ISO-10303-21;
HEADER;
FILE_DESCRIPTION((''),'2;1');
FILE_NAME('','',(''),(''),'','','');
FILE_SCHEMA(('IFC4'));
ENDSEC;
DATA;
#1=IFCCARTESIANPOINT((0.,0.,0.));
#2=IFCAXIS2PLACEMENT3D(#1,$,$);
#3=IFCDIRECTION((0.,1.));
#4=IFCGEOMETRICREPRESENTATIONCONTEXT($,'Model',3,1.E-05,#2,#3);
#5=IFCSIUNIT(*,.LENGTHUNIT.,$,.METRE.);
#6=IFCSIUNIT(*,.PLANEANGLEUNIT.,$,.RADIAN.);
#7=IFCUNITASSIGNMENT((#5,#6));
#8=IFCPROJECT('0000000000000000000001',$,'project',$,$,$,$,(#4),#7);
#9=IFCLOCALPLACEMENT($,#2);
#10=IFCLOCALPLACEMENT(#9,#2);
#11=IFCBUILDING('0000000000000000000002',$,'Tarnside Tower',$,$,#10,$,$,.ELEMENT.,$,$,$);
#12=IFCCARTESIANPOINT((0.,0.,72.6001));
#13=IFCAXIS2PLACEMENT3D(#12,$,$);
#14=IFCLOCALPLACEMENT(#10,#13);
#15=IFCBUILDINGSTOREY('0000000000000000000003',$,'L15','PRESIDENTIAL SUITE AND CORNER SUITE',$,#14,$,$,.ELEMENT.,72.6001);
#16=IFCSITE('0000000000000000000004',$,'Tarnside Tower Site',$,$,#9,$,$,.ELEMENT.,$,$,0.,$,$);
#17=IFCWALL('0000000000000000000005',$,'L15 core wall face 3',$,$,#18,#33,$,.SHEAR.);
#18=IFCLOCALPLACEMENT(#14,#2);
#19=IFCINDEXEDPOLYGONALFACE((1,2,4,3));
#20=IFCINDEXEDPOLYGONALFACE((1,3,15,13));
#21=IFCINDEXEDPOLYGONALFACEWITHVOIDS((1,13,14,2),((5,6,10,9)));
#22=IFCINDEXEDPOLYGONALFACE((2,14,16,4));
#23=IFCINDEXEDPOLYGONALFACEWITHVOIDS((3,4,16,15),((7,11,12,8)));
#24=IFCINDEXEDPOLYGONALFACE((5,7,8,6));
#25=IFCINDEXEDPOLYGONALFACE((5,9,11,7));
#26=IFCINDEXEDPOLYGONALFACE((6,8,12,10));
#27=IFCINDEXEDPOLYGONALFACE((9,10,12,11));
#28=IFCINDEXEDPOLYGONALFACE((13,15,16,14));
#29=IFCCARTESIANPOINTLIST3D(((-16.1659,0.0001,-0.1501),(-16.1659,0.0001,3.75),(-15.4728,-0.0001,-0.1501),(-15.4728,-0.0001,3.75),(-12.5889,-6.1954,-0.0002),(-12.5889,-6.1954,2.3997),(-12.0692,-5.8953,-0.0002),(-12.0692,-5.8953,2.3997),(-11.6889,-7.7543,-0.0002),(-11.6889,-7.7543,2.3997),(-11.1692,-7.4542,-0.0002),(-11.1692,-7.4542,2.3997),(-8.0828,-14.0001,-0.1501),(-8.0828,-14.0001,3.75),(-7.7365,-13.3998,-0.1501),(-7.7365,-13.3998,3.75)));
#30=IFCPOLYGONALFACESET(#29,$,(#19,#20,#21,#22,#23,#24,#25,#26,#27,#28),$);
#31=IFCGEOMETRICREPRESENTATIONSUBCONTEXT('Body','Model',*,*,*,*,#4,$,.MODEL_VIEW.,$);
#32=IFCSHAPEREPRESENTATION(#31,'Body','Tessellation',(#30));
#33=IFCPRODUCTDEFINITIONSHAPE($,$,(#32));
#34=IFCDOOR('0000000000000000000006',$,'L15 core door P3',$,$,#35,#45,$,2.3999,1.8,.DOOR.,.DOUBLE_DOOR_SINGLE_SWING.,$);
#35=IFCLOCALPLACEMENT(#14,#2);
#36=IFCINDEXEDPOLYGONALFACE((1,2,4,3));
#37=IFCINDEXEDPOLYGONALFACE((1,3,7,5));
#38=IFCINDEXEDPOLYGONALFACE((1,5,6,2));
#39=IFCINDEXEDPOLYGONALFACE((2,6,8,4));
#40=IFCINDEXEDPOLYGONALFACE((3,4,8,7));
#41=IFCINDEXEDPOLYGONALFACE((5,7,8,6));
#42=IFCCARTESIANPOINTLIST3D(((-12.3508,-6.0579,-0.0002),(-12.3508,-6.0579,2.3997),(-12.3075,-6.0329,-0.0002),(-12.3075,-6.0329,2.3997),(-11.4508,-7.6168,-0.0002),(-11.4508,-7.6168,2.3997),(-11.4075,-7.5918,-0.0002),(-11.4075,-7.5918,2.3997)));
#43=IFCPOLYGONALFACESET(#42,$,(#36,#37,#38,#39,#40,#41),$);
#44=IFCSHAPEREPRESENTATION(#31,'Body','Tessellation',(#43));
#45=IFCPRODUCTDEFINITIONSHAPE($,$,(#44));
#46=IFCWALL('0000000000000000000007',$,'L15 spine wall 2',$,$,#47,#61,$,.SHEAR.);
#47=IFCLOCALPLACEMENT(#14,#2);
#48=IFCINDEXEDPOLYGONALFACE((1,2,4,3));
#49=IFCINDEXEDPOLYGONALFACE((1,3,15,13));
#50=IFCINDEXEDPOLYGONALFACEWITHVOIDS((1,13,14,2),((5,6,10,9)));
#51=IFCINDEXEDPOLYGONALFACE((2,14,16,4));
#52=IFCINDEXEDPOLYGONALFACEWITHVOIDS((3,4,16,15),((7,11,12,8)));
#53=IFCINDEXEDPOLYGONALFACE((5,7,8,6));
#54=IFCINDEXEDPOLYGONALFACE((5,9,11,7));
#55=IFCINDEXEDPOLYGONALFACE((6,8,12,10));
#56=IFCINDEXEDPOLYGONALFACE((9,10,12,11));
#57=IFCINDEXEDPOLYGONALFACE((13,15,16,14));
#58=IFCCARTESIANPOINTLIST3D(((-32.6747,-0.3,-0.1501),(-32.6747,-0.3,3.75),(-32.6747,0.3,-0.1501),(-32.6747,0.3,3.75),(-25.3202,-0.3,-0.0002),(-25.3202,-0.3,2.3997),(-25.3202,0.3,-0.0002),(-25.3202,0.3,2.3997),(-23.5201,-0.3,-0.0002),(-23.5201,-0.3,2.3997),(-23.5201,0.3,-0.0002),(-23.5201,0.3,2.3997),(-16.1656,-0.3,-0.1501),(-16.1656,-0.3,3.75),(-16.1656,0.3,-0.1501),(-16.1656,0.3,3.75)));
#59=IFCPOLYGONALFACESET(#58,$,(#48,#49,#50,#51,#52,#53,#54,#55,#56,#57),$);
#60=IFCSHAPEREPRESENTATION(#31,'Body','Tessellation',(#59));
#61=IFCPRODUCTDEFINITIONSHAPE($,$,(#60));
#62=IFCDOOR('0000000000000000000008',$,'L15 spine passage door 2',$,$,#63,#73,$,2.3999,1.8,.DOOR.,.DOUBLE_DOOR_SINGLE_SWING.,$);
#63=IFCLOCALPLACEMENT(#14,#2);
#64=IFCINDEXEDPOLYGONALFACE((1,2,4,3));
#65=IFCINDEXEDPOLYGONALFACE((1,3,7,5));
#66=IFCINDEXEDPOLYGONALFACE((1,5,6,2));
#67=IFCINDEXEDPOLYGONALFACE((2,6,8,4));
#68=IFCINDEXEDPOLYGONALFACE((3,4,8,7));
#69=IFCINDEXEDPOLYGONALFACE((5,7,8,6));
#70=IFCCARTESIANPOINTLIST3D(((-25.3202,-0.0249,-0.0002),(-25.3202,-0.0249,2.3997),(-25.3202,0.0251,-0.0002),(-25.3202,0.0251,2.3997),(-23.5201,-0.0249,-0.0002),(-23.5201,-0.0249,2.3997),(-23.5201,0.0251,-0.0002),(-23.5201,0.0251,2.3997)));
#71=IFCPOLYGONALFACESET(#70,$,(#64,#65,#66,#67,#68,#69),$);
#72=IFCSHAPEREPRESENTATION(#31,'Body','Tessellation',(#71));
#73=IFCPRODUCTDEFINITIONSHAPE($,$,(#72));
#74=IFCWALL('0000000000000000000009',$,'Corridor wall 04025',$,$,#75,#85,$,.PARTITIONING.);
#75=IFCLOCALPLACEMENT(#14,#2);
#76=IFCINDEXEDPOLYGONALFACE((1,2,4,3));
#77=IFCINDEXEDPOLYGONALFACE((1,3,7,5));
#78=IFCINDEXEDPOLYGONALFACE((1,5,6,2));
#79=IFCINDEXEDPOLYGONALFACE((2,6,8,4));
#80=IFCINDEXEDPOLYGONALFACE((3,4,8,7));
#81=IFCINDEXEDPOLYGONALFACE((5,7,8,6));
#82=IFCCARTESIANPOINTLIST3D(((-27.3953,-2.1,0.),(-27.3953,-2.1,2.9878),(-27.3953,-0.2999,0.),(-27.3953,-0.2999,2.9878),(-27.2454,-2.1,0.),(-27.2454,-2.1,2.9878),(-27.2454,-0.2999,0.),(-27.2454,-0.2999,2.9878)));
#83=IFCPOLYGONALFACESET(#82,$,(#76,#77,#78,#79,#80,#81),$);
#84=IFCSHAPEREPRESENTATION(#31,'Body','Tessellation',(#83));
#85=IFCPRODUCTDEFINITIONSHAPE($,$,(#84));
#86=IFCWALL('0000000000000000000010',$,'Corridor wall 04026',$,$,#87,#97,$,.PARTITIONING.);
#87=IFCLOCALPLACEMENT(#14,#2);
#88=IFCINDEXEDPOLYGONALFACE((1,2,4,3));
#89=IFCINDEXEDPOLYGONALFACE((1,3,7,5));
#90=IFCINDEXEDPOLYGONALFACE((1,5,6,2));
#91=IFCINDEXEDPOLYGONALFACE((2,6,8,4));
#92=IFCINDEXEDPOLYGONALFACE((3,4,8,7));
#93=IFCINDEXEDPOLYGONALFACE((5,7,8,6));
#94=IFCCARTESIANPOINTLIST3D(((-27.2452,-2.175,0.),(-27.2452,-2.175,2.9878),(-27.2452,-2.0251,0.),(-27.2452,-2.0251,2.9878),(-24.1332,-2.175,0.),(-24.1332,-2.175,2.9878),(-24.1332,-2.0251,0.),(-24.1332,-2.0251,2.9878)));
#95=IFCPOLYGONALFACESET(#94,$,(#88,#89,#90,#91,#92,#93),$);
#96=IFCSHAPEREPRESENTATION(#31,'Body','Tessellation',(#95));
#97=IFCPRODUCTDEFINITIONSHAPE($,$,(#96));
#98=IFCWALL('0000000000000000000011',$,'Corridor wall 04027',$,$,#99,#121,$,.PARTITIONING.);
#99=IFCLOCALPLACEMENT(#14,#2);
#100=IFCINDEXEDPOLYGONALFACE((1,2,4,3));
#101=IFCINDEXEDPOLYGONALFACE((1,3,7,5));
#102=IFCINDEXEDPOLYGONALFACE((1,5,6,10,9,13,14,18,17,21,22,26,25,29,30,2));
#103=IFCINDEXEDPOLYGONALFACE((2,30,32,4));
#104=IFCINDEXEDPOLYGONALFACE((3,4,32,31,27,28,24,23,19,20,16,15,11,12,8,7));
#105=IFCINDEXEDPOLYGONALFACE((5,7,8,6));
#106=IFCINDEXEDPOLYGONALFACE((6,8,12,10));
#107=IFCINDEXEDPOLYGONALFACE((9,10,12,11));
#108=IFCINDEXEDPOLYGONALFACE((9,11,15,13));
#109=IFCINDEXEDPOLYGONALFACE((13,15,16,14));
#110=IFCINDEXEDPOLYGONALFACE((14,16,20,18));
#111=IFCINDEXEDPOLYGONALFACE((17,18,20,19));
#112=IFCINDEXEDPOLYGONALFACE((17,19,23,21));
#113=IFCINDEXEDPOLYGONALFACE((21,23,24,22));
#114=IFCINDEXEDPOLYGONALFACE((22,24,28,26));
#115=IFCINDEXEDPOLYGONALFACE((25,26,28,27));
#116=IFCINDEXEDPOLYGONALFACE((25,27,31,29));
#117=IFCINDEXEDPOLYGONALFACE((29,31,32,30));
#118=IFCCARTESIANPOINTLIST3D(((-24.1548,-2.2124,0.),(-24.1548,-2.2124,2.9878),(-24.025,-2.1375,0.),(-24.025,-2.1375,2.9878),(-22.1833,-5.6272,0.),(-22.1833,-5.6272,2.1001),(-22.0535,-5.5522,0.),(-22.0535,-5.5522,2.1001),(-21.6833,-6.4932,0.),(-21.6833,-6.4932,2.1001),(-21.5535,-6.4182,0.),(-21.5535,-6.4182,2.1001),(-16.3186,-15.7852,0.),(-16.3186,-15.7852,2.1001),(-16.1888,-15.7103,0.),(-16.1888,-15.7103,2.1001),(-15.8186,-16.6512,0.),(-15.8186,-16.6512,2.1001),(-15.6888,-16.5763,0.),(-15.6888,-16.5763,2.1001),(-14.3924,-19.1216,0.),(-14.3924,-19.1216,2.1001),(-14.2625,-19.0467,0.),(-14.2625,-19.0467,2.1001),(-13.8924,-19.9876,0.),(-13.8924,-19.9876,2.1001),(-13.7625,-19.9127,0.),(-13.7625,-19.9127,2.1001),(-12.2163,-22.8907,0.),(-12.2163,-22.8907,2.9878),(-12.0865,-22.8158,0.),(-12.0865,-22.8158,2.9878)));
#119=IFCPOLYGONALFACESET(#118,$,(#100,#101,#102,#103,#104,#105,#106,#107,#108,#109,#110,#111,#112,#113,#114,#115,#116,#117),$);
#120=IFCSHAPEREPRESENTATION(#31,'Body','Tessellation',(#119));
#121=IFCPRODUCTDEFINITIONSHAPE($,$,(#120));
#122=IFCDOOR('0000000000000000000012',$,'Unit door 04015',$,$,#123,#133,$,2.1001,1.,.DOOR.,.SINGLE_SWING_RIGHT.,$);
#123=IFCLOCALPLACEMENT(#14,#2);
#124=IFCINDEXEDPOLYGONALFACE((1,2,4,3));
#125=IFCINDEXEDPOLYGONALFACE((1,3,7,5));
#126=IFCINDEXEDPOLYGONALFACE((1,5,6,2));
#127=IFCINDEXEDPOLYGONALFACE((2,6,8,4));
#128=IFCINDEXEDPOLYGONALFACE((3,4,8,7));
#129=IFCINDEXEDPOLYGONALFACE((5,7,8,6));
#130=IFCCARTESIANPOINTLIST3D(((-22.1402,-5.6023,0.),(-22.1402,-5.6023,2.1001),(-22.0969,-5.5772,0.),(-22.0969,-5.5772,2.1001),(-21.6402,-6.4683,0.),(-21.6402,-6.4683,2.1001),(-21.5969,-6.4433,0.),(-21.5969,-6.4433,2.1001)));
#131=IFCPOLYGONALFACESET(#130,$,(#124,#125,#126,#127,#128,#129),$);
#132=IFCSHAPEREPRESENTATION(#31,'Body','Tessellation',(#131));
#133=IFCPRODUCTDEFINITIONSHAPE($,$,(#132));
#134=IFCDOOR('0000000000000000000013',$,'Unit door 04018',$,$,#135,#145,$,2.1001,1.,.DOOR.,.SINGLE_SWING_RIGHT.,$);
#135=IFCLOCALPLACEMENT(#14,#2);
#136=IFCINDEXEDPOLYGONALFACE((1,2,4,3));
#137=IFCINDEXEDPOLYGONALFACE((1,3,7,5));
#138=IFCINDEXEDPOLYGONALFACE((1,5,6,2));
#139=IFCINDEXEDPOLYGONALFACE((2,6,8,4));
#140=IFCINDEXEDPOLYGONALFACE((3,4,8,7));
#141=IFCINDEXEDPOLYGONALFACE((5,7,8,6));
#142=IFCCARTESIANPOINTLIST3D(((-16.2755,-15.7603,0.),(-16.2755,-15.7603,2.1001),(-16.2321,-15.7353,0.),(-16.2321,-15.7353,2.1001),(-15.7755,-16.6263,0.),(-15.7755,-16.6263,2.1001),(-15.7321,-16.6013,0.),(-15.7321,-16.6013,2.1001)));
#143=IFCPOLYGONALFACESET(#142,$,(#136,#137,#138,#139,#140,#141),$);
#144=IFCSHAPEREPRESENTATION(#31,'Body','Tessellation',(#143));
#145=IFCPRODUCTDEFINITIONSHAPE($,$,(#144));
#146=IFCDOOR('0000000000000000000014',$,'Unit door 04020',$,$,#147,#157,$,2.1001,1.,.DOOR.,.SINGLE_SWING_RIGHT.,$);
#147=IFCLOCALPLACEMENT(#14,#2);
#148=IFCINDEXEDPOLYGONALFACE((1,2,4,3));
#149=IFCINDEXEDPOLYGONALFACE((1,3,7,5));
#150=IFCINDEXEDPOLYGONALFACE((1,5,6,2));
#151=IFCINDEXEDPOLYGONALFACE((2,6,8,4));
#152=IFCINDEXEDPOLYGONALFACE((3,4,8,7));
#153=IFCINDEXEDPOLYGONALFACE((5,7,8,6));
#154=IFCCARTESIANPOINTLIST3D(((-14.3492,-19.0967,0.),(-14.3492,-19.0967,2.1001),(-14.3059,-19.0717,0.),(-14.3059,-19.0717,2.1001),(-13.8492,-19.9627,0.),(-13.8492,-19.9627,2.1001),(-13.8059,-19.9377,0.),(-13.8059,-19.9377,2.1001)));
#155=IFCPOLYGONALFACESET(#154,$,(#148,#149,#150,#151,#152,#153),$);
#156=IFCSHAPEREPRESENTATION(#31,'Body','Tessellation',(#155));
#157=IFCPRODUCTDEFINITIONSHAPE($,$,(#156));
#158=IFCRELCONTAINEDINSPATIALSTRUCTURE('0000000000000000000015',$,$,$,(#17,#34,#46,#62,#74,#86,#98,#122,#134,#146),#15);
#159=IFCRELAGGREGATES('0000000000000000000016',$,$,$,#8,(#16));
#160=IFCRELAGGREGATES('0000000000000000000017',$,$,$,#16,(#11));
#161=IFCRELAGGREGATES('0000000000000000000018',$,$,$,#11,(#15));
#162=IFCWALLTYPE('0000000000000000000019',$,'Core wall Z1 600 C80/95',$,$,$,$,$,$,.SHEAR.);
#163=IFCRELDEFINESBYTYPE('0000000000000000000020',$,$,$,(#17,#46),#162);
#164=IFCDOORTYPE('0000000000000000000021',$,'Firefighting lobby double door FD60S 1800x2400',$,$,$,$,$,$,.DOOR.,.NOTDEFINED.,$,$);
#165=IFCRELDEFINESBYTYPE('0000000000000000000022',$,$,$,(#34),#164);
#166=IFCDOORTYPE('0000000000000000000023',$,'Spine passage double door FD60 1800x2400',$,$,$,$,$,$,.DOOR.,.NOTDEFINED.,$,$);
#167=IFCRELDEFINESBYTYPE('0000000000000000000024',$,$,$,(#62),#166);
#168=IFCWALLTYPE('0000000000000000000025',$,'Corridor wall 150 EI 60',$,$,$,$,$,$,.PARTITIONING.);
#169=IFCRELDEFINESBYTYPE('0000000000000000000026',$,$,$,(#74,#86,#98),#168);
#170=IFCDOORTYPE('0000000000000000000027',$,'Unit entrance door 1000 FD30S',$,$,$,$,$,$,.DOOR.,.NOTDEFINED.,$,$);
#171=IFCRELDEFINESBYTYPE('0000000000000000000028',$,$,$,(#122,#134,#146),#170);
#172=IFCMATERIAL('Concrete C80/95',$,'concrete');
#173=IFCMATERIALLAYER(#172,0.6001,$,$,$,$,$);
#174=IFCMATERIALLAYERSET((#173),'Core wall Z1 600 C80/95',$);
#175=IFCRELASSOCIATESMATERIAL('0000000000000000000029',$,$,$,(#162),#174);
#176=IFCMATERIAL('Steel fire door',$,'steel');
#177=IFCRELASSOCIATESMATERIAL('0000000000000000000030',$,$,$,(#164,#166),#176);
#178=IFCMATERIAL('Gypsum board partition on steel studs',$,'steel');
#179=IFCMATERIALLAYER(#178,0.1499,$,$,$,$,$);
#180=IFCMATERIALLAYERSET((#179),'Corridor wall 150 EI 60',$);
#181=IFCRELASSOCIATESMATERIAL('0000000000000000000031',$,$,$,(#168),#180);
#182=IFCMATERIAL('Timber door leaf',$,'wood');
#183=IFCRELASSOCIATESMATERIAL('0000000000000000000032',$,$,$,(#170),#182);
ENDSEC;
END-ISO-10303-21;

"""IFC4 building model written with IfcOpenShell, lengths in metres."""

from ifc_helpers import new_model, si_unit, direction, frame, frame_2d, origin, place, context, subcontext, project, spatial, polyline, rectangle, outline, extrude, material, layer, layer_set, type_object, element, fill, save


model = new_model("IFC4")

# Units and contexts
model_context = context("Model", 3, precision=1e-05, world=origin(), true_north=direction((0.0, 1.0)))
body_context = subcontext(model_context, "Body", "Model", "MODEL_VIEW")
ifc_project = project(units=[si_unit("LENGTHUNIT", "METRE"), si_unit("PLANEANGLEUNIT", "RADIAN")], contexts=[model_context])

# Site, building, storey
site_placement = place(None, origin())
site = spatial("IfcSite", under=ifc_project, at=site_placement, Name="Tarnside Tower Site", CompositionType="ELEMENT", RefElevation=0.0)
building_placement = place(site_placement, origin())
building = spatial("IfcBuilding", under=site, at=building_placement, Name="Tarnside Tower", CompositionType="ELEMENT")
storey_placement = place(building_placement, frame((0.0, 0.0, 72.6001)))
storey = spatial("IfcBuildingStorey", under=building, at=storey_placement, Name="L15", Description="PRESIDENTIAL SUITE AND CORNER SUITE", CompositionType="ELEMENT", Elevation=72.6001)

# Walls, openings, doors
ifc_material_1 = material(Name="Concrete C80/95", Category="concrete")
ifc_layer_1 = layer(ifc_material_1, 0.6001)
ifc_layer_set_1 = layer_set([ifc_layer_1], Name="Core wall Z1 600 C80/95")
wall_type_1 = type_object("IfcWallType", Name="Core wall Z1 600 C80/95", PredefinedType="SHEAR", material=ifc_layer_set_1)
wall_1_placement = place(storey_placement, frame((-15.8193, 0.0, -0.1501), z_axis=(0.0, 0.0, 1.0), x_axis=(0.5, -0.866025, 0.0)))
wall_1 = element("IfcWall", 1, at=wall_1_placement, inside=storey, type_object=wall_type_1, Name="L15 core wall face 3", PredefinedType="SHEAR", context=body_context, shape_type="SweptSolid", body=[
    extrude(outline(polyline([(-0.1733, -0.3), (15.9927, -0.3), (15.646, 0.3), (0.1733, 0.3), (-0.1733, -0.3)])), origin(), (0.0, 0.0, 1.0), 3.9001),
])
opening_1_placement = place(wall_1_placement, frame((6.9807, 0.0, 0.1499)))
opening_1 = element("IfcOpeningElement", 2, at=opening_1_placement, cuts=wall_1, PredefinedType="OPENING", context=body_context, shape_type="SweptSolid", body=[
    extrude(rectangle(XDim=1.8, YDim=2.3999, at=frame_2d((0.8999, 1.2))), frame((0.0, 0.3101, 0.0), z_axis=(0.0, -1.0, 0.0), x_axis=(1.0, 0.0, 0.0)), (0.0, 0.0, 1.0), 0.6201),
])
ifc_material_2 = material(Name="Steel fire door", Category="steel")
door_type_1 = type_object("IfcDoorType", Name="Firefighting lobby double door FD60S 1800x2400", OperationType="NOTDEFINED", PredefinedType="DOOR", material=ifc_material_2)
door_1_placement = place(opening_1_placement, origin())
door_1 = element("IfcDoor", 3, at=door_1_placement, inside=storey, type_object=door_type_1, Name="L15 core door P3", OperationType="DOUBLE_DOOR_SINGLE_SWING", OverallHeight=2.3999, OverallWidth=1.8, PredefinedType="DOOR", context=body_context, shape_type="SweptSolid", body=[
    extrude(rectangle(XDim=1.8, YDim=2.3999, at=frame_2d((0.8999, 1.2))), frame((0.0, 0.0249, 0.0), z_axis=(0.0, -1.0, 0.0), x_axis=(1.0, 0.0, 0.0)), (0.0, 0.0, 1.0), 0.05),
])
fill(opening_1, door_1)
wall_2_placement = place(storey_placement, frame((-16.1658, 0.0, -0.1501), z_axis=(0.0, 0.0, 1.0), x_axis=(-1.0, 0.0, 0.0)))
wall_2 = element("IfcWall", 4, at=wall_2_placement, inside=storey, type_object=wall_type_1, Name="L15 spine wall 2", PredefinedType="SHEAR", context=body_context, shape_type="SweptSolid", body=[
    extrude(rectangle(XDim=16.509, YDim=0.6001, at=frame_2d((8.2544, 0.0))), origin(), (0.0, 0.0, 1.0), 3.9001),
])
opening_2_placement = place(wall_2_placement, frame((7.3545, 0.0, 0.1499)))
opening_2 = element("IfcOpeningElement", 5, at=opening_2_placement, cuts=wall_2, PredefinedType="OPENING", context=body_context, shape_type="SweptSolid", body=[
    extrude(rectangle(XDim=1.8, YDim=2.3999, at=frame_2d((0.8999, 1.2))), frame((0.0, 0.3101, 0.0), z_axis=(0.0, -1.0, 0.0), x_axis=(1.0, 0.0, 0.0)), (0.0, 0.0, 1.0), 0.6201),
])
door_type_2 = type_object("IfcDoorType", Name="Spine passage double door FD60 1800x2400", OperationType="NOTDEFINED", PredefinedType="DOOR", material=ifc_material_2)
door_2_placement = place(opening_2_placement, origin())
door_2 = element("IfcDoor", 6, at=door_2_placement, inside=storey, type_object=door_type_2, Name="L15 spine passage door 2", OperationType="DOUBLE_DOOR_SINGLE_SWING", OverallHeight=2.3999, OverallWidth=1.8, PredefinedType="DOOR", context=body_context, shape_type="SweptSolid", body=[
    extrude(rectangle(XDim=1.8, YDim=2.3999, at=frame_2d((0.8999, 1.2))), frame((0.0, 0.0249, 0.0), z_axis=(0.0, -1.0, 0.0), x_axis=(1.0, 0.0, 0.0)), (0.0, 0.0, 1.0), 0.05),
])
fill(opening_2, door_2)

# Walls
ifc_material_3 = material(Name="Gypsum board partition on steel studs", Category="steel")
ifc_layer_2 = layer(ifc_material_3, 0.1499)
ifc_layer_set_2 = layer_set([ifc_layer_2], Name="Corridor wall 150 EI 60")
wall_type_2 = type_object("IfcWallType", Name="Corridor wall 150 EI 60", PredefinedType="PARTITIONING", material=ifc_layer_set_2)
wall_3_placement = place(storey_placement, frame((-27.3203, -0.3, 0.0), z_axis=(0.0, 0.0, 1.0), x_axis=(0.0, -1.0, 0.0)))
element("IfcWall", 7, at=wall_3_placement, inside=storey, type_object=wall_type_2, Name="Corridor wall 04025", PredefinedType="PARTITIONING", context=body_context, shape_type="SweptSolid", body=[
    extrude(rectangle(XDim=1.8, YDim=0.1499, at=frame_2d((0.8999, 0.0))), origin(), (0.0, 0.0, 1.0), 2.9878),
])
wall_4_placement = place(storey_placement, frame((-27.2454, -2.1001, 0.0), z_axis=(0.0, 0.0, 1.0), x_axis=(1.0, 0.0, 0.0)))
element("IfcWall", 8, at=wall_4_placement, inside=storey, type_object=wall_type_2, Name="Corridor wall 04026", PredefinedType="PARTITIONING", context=body_context, shape_type="SweptSolid", body=[
    extrude(rectangle(XDim=3.1121, YDim=0.1499, at=frame_2d((1.5562, 0.0))), origin(), (0.0, 0.0, 1.0), 2.9878),
])

# Wall, openings, doors
wall_5_placement = place(storey_placement, frame((-24.0898, -2.175, 0.0), z_axis=(0.0, 0.0, 1.0), x_axis=(0.499997, -0.866027, 0.0)))
wall_5 = element("IfcWall", 9, at=wall_5_placement, inside=storey, type_object=wall_type_2, Name="Corridor wall 04027", PredefinedType="PARTITIONING", context=body_context, shape_type="SweptSolid", body=[
    extrude(rectangle(XDim=23.8772, YDim=0.1499, at=frame_2d((11.9385, 0.0))), origin(), (0.0, 0.0, 1.0), 2.9878),
])
opening_3_placement = place(wall_5_placement, frame((3.9429, 0.0, 0.0)))
opening_3 = element("IfcOpeningElement", 10, at=opening_3_placement, cuts=wall_5, PredefinedType="OPENING", context=body_context, shape_type="SweptSolid", body=[
    extrude(rectangle(XDim=1.0, YDim=2.1001, at=frame_2d((0.5, 1.05))), frame((0.0, 0.085, 0.0), z_axis=(0.0, -1.0, 0.0), x_axis=(1.0, 0.0, 0.0)), (0.0, 0.0, 1.0), 0.1699),
])
opening_4_placement = place(wall_5_placement, frame((15.6724, 0.0, 0.0)))
opening_4 = element("IfcOpeningElement", 11, at=opening_4_placement, cuts=wall_5, PredefinedType="OPENING", context=body_context, shape_type="SweptSolid", body=[
    extrude(rectangle(XDim=1.0, YDim=2.1001, at=frame_2d((0.5, 1.05))), frame((0.0, 0.085, 0.0), z_axis=(0.0, -1.0, 0.0), x_axis=(1.0, 0.0, 0.0)), (0.0, 0.0, 1.0), 0.1699),
])
opening_5_placement = place(wall_5_placement, frame((19.5249, 0.0, 0.0)))
opening_5 = element("IfcOpeningElement", 12, at=opening_5_placement, cuts=wall_5, PredefinedType="OPENING", context=body_context, shape_type="SweptSolid", body=[
    extrude(rectangle(XDim=1.0, YDim=2.1001, at=frame_2d((0.5, 1.05))), frame((0.0, 0.085, 0.0), z_axis=(0.0, -1.0, 0.0), x_axis=(1.0, 0.0, 0.0)), (0.0, 0.0, 1.0), 0.1699),
])
ifc_material_4 = material(Name="Timber door leaf", Category="wood")
door_type_3 = type_object("IfcDoorType", Name="Unit entrance door 1000 FD30S", OperationType="NOTDEFINED", PredefinedType="DOOR", material=ifc_material_4)
door_3_placement = place(opening_3_placement, origin())
door_3 = element("IfcDoor", 13, at=door_3_placement, inside=storey, type_object=door_type_3, Name="Unit door 04015", OperationType="SINGLE_SWING_RIGHT", OverallHeight=2.1001, OverallWidth=1.0, PredefinedType="DOOR", context=body_context, shape_type="SweptSolid", body=[
    extrude(rectangle(XDim=1.0, YDim=2.1001, at=frame_2d((0.5, 1.05))), frame((0.0, 0.0249, 0.0), z_axis=(0.0, -1.0, 0.0), x_axis=(1.0, 0.0, 0.0)), (0.0, 0.0, 1.0), 0.05),
])
fill(opening_3, door_3)
door_4_placement = place(opening_4_placement, origin())
door_4 = element("IfcDoor", 14, at=door_4_placement, inside=storey, type_object=door_type_3, Name="Unit door 04018", OperationType="SINGLE_SWING_RIGHT", OverallHeight=2.1001, OverallWidth=1.0, PredefinedType="DOOR", context=body_context, shape_type="SweptSolid", body=[
    extrude(rectangle(XDim=1.0, YDim=2.1001, at=frame_2d((0.5, 1.05))), frame((0.0, 0.0249, 0.0), z_axis=(0.0, -1.0, 0.0), x_axis=(1.0, 0.0, 0.0)), (0.0, 0.0, 1.0), 0.05),
])
fill(opening_4, door_4)
door_5_placement = place(opening_5_placement, origin())
door_5 = element("IfcDoor", 15, at=door_5_placement, inside=storey, type_object=door_type_3, Name="Unit door 04020", OperationType="SINGLE_SWING_RIGHT", OverallHeight=2.1001, OverallWidth=1.0, PredefinedType="DOOR", context=body_context, shape_type="SweptSolid", body=[
    extrude(rectangle(XDim=1.0, YDim=2.1001, at=frame_2d((0.5, 1.05))), frame((0.0, 0.0249, 0.0), z_axis=(0.0, -1.0, 0.0), x_axis=(1.0, 0.0, 0.0)), (0.0, 0.0, 1.0), 0.05),
])
fill(opening_5, door_5)

save(model, "model.ifc")
